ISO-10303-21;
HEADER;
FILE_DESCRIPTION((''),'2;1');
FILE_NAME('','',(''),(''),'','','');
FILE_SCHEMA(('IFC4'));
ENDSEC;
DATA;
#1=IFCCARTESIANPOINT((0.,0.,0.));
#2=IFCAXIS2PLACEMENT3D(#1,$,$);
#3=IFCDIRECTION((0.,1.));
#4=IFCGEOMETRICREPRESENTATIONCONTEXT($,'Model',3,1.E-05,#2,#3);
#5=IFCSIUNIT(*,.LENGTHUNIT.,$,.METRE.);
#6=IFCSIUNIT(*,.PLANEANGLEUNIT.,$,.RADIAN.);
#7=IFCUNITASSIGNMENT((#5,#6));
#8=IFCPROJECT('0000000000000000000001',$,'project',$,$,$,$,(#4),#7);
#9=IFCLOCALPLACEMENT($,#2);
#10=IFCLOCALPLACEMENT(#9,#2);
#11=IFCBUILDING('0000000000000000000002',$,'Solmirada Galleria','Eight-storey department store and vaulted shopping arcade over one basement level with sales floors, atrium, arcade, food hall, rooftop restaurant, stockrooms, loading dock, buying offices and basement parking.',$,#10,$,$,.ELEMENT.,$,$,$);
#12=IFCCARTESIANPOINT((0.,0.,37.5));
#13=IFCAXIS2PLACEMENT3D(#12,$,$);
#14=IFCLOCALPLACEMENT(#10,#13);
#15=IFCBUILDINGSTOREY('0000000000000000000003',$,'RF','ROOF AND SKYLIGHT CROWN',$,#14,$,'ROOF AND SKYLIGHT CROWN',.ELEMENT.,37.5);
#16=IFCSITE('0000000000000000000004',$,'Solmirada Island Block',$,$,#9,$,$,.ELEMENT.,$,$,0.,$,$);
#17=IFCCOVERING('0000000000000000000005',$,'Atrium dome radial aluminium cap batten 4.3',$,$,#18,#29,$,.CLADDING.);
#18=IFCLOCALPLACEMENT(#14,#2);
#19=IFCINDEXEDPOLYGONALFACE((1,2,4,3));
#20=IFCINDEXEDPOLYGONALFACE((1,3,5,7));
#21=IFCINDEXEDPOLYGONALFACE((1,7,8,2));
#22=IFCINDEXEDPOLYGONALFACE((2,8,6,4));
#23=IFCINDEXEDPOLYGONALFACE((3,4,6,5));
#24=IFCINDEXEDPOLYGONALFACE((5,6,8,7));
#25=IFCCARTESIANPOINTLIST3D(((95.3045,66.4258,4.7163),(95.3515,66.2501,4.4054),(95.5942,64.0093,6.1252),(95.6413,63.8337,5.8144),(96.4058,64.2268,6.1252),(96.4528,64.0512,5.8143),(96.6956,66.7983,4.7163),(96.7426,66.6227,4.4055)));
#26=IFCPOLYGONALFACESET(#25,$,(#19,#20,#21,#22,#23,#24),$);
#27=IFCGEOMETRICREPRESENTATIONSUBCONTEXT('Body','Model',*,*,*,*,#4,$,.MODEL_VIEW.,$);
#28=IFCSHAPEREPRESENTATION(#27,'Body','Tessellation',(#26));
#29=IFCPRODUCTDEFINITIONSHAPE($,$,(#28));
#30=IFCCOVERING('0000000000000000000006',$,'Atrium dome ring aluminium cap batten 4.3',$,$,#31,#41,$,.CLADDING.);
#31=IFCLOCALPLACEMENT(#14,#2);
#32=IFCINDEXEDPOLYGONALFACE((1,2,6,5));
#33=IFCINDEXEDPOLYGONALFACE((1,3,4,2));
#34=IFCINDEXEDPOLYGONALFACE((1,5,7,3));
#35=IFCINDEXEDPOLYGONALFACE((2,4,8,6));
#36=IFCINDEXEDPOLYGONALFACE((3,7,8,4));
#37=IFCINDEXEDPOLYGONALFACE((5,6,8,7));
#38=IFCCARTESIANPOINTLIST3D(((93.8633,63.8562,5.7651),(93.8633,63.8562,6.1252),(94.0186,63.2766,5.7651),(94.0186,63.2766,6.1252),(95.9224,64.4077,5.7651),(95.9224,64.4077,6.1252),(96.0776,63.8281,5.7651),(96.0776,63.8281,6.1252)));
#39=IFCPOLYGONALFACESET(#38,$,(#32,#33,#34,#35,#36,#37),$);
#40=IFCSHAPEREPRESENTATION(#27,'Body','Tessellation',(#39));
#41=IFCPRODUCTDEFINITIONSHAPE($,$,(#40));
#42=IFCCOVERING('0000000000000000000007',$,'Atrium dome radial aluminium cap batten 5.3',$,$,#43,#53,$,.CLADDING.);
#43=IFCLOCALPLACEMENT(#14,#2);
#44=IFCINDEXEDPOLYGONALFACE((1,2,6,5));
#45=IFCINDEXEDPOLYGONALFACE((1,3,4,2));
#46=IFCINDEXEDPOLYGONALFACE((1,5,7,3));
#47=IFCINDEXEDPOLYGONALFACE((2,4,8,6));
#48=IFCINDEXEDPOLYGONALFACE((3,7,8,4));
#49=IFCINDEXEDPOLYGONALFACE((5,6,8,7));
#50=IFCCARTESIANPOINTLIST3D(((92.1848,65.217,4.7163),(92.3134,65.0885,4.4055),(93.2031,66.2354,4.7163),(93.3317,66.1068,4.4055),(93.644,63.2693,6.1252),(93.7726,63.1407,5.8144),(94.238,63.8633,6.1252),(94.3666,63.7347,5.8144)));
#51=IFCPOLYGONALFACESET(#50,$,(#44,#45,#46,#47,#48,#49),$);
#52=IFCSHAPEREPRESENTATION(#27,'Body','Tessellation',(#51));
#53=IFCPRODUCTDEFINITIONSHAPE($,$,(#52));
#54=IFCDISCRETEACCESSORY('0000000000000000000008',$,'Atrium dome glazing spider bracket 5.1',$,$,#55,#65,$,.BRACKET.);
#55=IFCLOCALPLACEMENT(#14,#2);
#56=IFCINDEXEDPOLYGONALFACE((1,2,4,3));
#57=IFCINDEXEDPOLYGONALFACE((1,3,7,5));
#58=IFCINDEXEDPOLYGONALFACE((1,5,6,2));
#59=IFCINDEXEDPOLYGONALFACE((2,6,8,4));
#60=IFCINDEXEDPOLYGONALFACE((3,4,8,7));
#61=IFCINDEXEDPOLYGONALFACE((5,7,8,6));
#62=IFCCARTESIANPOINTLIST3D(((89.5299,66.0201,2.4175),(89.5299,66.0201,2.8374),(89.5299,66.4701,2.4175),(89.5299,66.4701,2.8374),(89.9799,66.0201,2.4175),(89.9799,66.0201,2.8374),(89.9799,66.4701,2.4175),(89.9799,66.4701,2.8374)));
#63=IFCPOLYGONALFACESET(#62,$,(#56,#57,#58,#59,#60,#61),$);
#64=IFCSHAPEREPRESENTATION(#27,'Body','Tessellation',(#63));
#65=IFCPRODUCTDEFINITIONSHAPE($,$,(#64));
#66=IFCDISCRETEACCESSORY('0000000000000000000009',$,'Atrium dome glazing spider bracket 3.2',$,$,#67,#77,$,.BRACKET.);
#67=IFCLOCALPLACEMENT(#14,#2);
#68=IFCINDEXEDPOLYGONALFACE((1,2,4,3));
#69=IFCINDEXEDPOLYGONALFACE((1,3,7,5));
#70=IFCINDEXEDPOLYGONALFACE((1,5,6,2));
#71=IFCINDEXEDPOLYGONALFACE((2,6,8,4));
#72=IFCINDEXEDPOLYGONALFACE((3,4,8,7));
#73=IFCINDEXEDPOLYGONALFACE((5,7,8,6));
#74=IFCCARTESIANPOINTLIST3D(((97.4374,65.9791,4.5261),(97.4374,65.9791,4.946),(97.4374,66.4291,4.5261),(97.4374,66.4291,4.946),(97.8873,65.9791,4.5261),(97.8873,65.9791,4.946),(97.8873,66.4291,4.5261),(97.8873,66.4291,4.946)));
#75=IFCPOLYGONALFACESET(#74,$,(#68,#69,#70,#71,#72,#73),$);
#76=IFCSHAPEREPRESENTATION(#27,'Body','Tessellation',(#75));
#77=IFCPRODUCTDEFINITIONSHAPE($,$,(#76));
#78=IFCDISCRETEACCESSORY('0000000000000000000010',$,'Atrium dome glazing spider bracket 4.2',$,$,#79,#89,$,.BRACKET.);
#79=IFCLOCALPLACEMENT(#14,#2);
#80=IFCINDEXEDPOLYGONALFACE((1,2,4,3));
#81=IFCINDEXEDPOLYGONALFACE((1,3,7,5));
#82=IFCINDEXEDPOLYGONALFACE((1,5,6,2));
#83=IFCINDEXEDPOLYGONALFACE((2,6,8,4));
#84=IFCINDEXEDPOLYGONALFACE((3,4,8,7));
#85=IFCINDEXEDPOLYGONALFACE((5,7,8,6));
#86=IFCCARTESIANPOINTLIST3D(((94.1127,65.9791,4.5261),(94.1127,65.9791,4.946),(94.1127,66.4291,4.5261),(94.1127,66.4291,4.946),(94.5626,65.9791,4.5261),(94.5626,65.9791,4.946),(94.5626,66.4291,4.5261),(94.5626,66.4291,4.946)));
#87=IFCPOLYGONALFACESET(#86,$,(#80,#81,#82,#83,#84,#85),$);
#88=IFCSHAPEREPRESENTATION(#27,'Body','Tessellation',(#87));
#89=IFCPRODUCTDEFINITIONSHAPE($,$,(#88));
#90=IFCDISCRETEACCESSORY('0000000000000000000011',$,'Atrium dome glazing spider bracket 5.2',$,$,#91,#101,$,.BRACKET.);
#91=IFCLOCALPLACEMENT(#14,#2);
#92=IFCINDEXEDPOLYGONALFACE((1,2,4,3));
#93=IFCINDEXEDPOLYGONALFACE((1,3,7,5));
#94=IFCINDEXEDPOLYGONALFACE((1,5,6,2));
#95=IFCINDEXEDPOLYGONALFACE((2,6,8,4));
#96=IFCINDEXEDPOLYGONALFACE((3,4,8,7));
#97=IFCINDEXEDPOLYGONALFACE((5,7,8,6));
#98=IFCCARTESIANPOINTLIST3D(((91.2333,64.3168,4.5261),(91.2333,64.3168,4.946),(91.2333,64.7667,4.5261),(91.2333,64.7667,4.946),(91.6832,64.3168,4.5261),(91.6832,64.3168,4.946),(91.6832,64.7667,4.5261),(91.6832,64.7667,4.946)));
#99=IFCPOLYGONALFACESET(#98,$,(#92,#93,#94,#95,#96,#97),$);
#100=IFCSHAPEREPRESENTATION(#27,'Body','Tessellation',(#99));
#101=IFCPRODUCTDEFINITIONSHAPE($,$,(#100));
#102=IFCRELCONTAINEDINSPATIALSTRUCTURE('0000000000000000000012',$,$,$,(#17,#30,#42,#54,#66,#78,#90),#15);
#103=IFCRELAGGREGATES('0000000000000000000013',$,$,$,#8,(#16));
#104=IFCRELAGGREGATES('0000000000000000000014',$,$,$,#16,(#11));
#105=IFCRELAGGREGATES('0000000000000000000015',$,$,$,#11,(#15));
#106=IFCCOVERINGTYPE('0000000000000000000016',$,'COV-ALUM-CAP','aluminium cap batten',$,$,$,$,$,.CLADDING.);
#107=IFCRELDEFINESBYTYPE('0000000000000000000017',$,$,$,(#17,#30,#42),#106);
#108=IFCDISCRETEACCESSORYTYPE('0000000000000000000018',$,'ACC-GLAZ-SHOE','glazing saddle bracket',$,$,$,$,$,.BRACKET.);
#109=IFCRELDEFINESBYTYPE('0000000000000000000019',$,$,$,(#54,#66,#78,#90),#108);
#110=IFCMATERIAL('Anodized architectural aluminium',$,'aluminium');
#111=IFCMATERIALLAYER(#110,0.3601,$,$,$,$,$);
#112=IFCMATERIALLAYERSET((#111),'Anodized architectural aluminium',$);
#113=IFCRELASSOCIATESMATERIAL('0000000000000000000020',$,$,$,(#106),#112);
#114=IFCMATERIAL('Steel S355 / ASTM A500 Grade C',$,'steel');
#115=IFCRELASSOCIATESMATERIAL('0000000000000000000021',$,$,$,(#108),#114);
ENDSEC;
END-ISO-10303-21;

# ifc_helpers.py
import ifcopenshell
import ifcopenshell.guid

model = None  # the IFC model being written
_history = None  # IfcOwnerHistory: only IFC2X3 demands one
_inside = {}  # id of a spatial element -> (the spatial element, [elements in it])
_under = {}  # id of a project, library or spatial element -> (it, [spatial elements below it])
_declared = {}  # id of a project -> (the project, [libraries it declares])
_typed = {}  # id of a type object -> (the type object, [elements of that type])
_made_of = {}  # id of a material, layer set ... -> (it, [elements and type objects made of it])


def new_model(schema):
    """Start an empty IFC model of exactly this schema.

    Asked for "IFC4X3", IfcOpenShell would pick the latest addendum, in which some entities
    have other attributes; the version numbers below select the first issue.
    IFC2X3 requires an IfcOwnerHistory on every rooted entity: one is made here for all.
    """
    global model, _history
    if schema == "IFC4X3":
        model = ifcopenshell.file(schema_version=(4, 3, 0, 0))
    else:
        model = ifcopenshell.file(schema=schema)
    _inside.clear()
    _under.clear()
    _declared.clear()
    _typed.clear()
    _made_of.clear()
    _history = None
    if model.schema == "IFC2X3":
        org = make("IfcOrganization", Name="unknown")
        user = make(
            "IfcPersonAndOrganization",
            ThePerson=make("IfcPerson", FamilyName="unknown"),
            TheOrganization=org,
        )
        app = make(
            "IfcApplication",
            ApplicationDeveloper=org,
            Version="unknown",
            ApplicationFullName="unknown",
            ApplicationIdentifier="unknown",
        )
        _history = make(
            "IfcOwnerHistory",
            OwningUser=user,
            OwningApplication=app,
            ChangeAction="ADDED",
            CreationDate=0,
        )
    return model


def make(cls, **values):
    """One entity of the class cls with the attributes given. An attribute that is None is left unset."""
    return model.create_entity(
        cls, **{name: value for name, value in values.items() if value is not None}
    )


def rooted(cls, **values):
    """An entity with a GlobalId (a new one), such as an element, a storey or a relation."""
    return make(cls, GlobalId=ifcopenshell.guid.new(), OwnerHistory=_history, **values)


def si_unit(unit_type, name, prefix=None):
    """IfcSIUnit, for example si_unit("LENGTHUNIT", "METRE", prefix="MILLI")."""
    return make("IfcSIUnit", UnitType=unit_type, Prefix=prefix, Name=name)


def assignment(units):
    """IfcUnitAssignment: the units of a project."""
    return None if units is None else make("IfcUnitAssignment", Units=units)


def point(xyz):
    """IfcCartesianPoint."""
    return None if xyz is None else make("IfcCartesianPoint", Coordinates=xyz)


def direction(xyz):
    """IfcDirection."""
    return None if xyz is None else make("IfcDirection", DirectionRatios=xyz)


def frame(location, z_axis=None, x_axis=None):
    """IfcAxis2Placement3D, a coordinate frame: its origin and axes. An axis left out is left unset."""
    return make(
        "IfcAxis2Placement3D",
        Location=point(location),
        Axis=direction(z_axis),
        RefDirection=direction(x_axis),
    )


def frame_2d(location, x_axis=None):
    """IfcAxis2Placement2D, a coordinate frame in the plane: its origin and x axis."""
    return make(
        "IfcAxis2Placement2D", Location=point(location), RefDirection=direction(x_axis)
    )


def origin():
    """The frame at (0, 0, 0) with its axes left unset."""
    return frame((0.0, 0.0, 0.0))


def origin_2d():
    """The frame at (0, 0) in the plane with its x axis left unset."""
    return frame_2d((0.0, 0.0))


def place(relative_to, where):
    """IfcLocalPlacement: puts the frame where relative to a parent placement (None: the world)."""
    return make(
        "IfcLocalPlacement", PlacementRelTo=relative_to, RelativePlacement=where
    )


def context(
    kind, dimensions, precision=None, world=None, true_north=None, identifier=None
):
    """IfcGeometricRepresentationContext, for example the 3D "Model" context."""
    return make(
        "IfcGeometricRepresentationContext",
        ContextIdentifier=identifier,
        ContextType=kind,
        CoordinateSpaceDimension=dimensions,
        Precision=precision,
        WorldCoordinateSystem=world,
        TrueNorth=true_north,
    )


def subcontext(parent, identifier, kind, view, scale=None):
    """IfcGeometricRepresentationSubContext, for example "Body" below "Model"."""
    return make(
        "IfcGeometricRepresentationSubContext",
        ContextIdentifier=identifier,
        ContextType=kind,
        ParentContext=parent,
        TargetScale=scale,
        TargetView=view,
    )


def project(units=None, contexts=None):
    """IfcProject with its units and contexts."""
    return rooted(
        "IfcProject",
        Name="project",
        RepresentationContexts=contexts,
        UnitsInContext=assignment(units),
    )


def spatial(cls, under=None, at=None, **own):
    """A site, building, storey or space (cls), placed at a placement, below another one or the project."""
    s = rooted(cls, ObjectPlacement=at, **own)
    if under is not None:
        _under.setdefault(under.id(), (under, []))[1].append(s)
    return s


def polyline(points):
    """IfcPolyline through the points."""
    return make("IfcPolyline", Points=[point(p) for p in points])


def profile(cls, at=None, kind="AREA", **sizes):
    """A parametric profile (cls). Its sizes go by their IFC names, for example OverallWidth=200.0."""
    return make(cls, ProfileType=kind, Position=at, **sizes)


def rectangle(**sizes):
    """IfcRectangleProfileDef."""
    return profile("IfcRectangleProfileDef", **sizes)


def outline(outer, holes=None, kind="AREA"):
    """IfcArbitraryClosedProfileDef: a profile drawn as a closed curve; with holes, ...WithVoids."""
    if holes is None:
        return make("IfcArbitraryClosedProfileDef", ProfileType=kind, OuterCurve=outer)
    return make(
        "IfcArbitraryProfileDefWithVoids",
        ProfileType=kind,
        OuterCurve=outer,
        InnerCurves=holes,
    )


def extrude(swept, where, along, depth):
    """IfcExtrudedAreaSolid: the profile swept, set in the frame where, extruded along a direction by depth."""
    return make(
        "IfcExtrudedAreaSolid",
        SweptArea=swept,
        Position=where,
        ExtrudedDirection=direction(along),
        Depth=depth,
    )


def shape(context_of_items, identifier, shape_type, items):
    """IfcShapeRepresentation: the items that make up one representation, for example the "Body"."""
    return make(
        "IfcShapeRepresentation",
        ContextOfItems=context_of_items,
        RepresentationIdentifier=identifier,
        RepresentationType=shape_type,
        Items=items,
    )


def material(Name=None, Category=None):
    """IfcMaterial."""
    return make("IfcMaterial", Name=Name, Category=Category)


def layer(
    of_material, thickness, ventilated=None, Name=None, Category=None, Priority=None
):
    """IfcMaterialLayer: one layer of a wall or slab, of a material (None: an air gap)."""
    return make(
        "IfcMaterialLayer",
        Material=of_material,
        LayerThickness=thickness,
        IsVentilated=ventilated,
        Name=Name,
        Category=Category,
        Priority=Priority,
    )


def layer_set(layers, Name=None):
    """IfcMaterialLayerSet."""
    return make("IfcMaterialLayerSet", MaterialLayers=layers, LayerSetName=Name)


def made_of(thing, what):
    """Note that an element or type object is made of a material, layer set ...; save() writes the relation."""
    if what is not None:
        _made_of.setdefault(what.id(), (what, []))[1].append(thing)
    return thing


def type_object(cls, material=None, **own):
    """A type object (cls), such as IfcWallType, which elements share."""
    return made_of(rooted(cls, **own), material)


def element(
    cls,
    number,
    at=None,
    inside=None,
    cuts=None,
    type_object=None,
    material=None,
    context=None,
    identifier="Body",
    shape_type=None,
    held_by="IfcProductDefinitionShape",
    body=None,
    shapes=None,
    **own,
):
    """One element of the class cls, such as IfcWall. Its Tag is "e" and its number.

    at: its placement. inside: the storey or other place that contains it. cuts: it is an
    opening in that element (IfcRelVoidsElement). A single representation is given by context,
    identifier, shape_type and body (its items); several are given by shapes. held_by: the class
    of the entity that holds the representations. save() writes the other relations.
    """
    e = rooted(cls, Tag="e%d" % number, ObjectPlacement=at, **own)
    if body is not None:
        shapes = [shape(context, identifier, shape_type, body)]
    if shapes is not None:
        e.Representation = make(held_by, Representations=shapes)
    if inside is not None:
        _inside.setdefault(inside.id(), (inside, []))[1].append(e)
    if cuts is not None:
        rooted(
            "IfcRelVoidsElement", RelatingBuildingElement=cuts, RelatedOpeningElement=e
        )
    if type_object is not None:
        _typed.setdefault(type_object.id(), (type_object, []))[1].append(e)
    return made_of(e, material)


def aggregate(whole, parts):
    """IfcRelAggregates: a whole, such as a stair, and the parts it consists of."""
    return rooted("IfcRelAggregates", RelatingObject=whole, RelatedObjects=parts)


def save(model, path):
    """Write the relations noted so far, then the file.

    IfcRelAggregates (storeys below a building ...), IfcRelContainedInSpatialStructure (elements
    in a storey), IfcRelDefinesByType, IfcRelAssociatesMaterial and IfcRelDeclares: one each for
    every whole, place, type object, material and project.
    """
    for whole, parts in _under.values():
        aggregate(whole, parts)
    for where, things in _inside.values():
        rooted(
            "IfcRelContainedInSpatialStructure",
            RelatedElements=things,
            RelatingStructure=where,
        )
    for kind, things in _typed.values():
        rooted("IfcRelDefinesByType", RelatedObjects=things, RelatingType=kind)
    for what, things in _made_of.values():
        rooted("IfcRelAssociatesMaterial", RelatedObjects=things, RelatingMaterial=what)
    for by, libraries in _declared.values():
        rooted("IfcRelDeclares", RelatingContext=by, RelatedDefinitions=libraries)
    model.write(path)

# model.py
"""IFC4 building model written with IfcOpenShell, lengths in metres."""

from ifc_helpers import new_model, si_unit, direction, frame, origin, origin_2d, place, context, subcontext, project, spatial, polyline, rectangle, outline, extrude, material, layer, layer_set, type_object, element, save


model = new_model("IFC4")

# Units and contexts
model_context = context("Model", 3, precision=1e-05, world=origin(), true_north=direction((0.0, 1.0)))
body_context = subcontext(model_context, "Body", "Model", "MODEL_VIEW")
ifc_project = project(units=[si_unit("LENGTHUNIT", "METRE"), si_unit("PLANEANGLEUNIT", "RADIAN")], contexts=[model_context])

# Site, building, storey
site_placement = place(None, origin())
site = spatial("IfcSite", under=ifc_project, at=site_placement, Name="Solmirada Island Block", CompositionType="ELEMENT", RefElevation=0.0)
building_placement = place(site_placement, origin())
building = spatial("IfcBuilding", under=site, at=building_placement, Name="Solmirada Galleria", Description="Eight-storey department store and vaulted shopping arcade over one basement level with sales floors, atrium, arcade, food hall, rooftop restaurant, stockrooms, loading dock, buying offices and basement parking.", CompositionType="ELEMENT")
storey_placement = place(building_placement, frame((0.0, 0.0, 37.5)))
storey = spatial("IfcBuildingStorey", under=building, at=storey_placement, Name="RF", Description="ROOF AND SKYLIGHT CROWN", LongName="ROOF AND SKYLIGHT CROWN", CompositionType="ELEMENT", Elevation=37.5)

# Shared definitions
ifc_material_1 = material(Name="Steel S355 / ASTM A500 Grade C", Category="steel")

# Coverings
ifc_material_2 = material(Name="Anodized architectural aluminium", Category="aluminium")
ifc_layer_1 = layer(ifc_material_2, 0.3601)
ifc_layer_set_1 = layer_set([ifc_layer_1], Name="Anodized architectural aluminium")
covering_type = type_object("IfcCoveringType", Name="COV-ALUM-CAP", Description="aluminium cap batten", PredefinedType="CLADDING", material=ifc_layer_set_1)
covering_1_placement = place(storey_placement, frame((96.6956, 66.7983, 4.7163), z_axis=(-0.130642, 0.487649, 0.86321), x_axis=(-0.965953, -0.258717, -0.000036)))
element("IfcCovering", 1, at=covering_1_placement, inside=storey, type_object=covering_type, Name="Atrium dome radial aluminium cap batten 4.3", PredefinedType="CLADDING", context=body_context, shape_type="SweptSolid", body=[
    extrude(outline(polyline([(0.0, 0.0), (1.4401, 0.0), (1.7853, 2.7909), (0.9452, 2.7908), (0.0, 0.0)])), origin(), (0.0, 0.0, -1.0), 0.3601),
])
covering_2_placement = place(storey_placement, frame((95.9224, 64.4077, 6.1252), z_axis=(0.0, 0.0, 1.0), x_axis=(0.258777, -0.965937, 0.0)))
element("IfcCovering", 2, at=covering_2_placement, inside=storey, type_object=covering_type, Name="Atrium dome ring aluminium cap batten 4.3", PredefinedType="CLADDING", context=body_context, shape_type="SweptSolid", body=[
    extrude(outline(polyline([(0.0, 0.0), (0.6, 0.0), (0.5999, -2.1317), (-0.0001, -2.1317), (0.0, 0.0)])), origin(), (0.0, 0.0, -1.0), 0.3601),
])
covering_3_placement = place(storey_placement, frame((93.2031, 66.2354, 4.7163), z_axis=(-0.356976, 0.356976, 0.863213), x_axis=(-0.707107, -0.707107, 0.0)))
element("IfcCovering", 3, at=covering_3_placement, inside=storey, type_object=covering_type, Name="Atrium dome radial aluminium cap batten 5.3", PredefinedType="CLADDING", context=body_context, shape_type="SweptSolid", body=[
    extrude(outline(polyline([(0.0, 0.0), (1.4401, 0.0), (1.7855, 2.7909), (0.9455, 2.7909), (0.0, 0.0)])), origin(), (0.0, 0.0, -1.0), 0.3601),
])

# Discrete accessories
discrete_accessory_type = type_object("IfcDiscreteAccessoryType", Name="ACC-GLAZ-SHOE", Description="glazing saddle bracket", PredefinedType="BRACKET", material=ifc_material_1)
for number, where, z_axis, x_axis, name in (
    (4, (89.7549, 66.2451, 2.4175), (0.0, 0.0, 1.0), (1.0, 0.0, 0.0), "Atrium dome glazing spider bracket 5.1"),
    (5, (97.6624, 66.2041, 4.5261), (0.0, 0.0, 1.0), (1.0, 0.0, 0.0), "Atrium dome glazing spider bracket 3.2"),
    (6, (94.3376, 66.2041, 4.5261), (0.0, 0.0, 1.0), (1.0, 0.0, 0.0), "Atrium dome glazing spider bracket 4.2"),
    (7, (91.4583, 64.5417, 4.5261), (0.0, 0.0, 1.0), (1.0, 0.0, 0.0), "Atrium dome glazing spider bracket 5.2"),
):
    element("IfcDiscreteAccessory", number, at=place(storey_placement, frame(where, z_axis=z_axis, x_axis=x_axis)), inside=storey, type_object=discrete_accessory_type, Name=name, PredefinedType="BRACKET", context=body_context, shape_type="SweptSolid", body=[
        extrude(rectangle(XDim=0.45, YDim=0.45, at=origin_2d()), origin(), (0.0, 0.0, 1.0), 0.4199),
    ])

save(model, "model.ifc")
